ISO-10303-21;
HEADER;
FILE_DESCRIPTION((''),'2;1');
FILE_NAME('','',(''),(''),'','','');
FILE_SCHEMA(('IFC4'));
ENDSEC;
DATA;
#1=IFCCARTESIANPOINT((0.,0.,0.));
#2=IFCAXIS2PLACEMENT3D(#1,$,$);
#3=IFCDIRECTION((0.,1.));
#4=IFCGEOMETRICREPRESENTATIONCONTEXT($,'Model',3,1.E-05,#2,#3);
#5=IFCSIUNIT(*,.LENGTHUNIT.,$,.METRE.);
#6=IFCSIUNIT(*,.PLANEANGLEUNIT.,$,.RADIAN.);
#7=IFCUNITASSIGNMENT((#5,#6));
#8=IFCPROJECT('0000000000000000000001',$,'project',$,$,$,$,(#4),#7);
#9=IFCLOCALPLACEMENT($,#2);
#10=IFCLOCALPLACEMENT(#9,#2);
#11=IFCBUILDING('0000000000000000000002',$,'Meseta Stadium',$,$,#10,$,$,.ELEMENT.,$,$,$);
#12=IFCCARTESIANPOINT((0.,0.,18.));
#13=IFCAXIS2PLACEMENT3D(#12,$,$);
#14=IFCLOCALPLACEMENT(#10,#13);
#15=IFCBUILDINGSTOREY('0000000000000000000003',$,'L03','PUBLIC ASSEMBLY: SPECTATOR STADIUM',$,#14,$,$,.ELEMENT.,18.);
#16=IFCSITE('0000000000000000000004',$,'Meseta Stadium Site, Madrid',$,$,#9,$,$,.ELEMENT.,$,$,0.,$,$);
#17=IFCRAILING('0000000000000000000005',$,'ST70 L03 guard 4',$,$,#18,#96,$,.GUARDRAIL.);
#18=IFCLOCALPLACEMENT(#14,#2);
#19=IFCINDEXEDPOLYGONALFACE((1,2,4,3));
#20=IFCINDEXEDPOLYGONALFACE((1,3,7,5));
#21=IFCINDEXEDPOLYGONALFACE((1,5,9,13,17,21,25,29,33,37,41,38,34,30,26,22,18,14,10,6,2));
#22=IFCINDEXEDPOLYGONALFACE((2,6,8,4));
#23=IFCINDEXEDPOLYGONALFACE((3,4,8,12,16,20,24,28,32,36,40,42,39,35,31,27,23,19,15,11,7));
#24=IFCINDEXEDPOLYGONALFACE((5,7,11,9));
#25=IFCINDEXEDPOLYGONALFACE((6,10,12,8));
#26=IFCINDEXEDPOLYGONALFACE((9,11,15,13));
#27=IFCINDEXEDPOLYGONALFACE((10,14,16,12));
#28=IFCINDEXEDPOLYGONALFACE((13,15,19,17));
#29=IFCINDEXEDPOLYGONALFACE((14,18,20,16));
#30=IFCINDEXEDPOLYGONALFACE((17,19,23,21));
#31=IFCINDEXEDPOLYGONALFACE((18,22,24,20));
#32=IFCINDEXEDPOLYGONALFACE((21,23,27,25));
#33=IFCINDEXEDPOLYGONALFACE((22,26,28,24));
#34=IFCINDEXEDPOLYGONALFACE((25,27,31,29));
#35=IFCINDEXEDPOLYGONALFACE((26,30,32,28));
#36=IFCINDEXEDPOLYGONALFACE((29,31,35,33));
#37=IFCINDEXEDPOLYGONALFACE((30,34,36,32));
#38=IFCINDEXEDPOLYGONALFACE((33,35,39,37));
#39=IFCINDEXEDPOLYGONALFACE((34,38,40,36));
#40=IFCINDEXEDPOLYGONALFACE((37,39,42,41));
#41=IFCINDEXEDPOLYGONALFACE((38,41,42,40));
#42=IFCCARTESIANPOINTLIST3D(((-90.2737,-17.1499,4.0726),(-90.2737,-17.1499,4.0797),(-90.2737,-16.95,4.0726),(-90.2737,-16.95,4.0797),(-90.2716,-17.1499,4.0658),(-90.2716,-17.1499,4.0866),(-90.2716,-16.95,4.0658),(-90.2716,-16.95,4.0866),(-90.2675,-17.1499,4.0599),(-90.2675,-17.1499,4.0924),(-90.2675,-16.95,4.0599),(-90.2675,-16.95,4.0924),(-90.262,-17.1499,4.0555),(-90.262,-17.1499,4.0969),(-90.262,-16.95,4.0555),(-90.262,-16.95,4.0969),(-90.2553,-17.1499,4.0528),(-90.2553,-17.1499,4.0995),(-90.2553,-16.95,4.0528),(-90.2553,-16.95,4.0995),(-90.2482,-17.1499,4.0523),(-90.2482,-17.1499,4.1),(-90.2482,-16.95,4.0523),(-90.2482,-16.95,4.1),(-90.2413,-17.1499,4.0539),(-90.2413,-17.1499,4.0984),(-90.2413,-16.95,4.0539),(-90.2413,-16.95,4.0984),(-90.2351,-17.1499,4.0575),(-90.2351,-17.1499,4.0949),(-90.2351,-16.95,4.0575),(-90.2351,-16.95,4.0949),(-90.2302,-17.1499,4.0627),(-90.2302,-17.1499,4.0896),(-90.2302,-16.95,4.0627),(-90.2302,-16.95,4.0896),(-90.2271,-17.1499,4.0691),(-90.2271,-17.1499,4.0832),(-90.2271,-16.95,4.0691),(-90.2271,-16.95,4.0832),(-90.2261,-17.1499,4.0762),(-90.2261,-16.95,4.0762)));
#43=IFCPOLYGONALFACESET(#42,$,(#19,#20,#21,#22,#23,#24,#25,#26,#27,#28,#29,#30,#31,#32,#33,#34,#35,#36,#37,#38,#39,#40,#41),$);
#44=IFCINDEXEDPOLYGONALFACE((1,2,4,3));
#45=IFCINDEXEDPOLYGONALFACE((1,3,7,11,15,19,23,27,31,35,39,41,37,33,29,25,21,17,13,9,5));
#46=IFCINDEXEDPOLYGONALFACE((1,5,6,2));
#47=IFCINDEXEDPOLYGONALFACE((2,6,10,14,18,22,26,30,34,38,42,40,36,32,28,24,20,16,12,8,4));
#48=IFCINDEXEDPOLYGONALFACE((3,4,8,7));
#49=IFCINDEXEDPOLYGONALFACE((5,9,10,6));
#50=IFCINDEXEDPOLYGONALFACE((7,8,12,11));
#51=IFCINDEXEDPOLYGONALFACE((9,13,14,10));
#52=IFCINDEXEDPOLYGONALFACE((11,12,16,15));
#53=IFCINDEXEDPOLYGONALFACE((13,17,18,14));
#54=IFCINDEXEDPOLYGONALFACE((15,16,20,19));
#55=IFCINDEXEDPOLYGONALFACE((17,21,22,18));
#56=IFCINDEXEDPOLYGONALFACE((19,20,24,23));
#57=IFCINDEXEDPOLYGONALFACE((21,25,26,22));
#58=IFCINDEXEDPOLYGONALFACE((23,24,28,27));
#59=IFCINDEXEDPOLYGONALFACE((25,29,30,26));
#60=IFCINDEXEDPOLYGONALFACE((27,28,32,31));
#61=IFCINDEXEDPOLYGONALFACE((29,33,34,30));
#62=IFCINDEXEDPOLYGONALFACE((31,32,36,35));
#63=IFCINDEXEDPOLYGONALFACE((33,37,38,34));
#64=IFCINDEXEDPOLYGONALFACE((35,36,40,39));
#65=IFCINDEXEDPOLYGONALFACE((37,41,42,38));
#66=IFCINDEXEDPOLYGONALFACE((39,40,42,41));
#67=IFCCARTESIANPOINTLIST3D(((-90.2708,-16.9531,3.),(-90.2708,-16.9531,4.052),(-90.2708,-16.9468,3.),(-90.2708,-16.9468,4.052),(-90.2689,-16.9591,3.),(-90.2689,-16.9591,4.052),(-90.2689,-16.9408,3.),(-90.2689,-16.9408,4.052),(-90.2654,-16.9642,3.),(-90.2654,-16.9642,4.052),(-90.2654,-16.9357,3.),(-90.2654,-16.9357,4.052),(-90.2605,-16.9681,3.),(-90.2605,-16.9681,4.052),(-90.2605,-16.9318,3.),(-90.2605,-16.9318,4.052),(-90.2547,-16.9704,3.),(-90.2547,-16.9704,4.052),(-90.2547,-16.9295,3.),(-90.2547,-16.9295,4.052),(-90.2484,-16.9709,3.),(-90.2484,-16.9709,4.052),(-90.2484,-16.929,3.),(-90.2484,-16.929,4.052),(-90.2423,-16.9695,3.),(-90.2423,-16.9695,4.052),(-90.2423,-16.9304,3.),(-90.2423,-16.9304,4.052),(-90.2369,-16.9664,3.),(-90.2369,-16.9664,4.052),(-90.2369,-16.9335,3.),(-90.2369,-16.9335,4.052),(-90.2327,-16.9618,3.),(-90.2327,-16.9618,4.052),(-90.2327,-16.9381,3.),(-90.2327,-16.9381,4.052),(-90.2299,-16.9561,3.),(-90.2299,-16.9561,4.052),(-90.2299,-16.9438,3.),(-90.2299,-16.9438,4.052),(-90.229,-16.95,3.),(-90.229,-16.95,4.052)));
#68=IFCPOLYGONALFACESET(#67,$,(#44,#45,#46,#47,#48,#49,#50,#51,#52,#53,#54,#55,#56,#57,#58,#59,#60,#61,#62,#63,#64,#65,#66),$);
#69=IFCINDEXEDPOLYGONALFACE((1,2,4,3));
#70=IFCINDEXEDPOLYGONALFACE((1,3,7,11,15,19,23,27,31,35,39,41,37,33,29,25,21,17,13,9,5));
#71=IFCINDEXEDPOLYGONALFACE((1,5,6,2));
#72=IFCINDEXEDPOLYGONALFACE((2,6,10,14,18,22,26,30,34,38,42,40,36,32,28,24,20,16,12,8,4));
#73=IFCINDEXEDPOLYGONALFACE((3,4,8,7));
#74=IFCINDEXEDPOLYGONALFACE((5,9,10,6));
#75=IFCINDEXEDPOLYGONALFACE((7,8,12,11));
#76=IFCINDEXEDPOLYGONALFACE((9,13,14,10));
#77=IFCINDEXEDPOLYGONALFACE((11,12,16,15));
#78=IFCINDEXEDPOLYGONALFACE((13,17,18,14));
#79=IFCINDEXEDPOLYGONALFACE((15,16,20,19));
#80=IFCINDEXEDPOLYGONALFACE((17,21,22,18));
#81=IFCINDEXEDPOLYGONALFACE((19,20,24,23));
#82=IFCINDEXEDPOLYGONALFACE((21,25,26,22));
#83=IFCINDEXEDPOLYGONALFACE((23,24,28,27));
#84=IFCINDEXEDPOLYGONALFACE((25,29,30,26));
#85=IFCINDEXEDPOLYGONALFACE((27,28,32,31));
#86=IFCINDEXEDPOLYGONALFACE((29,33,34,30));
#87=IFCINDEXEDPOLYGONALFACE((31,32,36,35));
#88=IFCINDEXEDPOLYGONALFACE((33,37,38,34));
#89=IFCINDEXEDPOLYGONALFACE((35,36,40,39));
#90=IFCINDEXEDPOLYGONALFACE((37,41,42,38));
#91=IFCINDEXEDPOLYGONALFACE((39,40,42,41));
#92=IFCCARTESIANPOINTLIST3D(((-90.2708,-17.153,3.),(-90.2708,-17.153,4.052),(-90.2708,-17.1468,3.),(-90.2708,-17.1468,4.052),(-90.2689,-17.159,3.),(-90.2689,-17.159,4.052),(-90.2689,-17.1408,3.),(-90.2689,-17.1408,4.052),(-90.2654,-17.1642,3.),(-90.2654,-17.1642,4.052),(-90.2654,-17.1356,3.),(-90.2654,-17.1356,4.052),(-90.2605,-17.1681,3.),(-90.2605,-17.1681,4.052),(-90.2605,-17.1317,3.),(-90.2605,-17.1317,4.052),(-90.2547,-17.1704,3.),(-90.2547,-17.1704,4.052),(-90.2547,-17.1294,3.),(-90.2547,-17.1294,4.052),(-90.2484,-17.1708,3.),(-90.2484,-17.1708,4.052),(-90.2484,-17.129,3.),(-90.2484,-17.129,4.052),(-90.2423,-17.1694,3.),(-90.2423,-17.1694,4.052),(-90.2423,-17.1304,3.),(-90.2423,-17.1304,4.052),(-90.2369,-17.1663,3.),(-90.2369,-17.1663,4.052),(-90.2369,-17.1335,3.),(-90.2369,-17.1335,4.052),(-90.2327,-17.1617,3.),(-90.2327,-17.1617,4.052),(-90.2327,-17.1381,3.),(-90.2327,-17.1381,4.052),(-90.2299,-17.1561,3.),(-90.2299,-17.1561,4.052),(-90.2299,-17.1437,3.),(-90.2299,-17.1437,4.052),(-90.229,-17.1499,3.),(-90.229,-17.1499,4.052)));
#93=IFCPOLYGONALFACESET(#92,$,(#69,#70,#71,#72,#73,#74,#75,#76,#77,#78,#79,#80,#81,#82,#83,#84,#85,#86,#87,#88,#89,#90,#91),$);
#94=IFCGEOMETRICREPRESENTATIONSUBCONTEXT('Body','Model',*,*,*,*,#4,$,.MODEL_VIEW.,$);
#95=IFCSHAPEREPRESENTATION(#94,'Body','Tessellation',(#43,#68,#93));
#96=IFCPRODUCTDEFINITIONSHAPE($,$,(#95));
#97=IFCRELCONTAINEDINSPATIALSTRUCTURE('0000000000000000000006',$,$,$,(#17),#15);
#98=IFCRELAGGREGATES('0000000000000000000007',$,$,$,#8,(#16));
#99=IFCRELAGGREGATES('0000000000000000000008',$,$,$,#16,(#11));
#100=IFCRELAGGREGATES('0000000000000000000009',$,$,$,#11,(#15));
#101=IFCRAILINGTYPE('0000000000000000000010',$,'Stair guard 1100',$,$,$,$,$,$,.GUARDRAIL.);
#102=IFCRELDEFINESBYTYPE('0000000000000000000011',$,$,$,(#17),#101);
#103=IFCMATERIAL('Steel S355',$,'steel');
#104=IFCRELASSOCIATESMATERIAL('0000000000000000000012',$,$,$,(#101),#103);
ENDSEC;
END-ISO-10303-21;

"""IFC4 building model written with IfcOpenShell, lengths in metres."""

from ifc_helpers import new_model, si_unit, direction, frame, origin, origin_2d, place, context, subcontext, project, spatial, circle, extrude, material, type_object, element, save


model = new_model("IFC4")

# Units and contexts
model_context = context("Model", 3, precision=1e-05, world=origin(), true_north=direction((0.0, 1.0)))
body_context = subcontext(model_context, "Body", "Model", "MODEL_VIEW")
ifc_project = project(units=[si_unit("LENGTHUNIT", "METRE"), si_unit("PLANEANGLEUNIT", "RADIAN")], contexts=[model_context])

# Site, building, storey
site_placement = place(None, origin())
site = spatial("IfcSite", under=ifc_project, at=site_placement, Name="Meseta Stadium Site, Madrid", CompositionType="ELEMENT", RefElevation=0.0)
building_placement = place(site_placement, origin())
building = spatial("IfcBuilding", under=site, at=building_placement, Name="Meseta Stadium", CompositionType="ELEMENT")
storey_placement = place(building_placement, frame((0.0, 0.0, 18.0)))
storey = spatial("IfcBuildingStorey", under=building, at=storey_placement, Name="L03", Description="PUBLIC ASSEMBLY: SPECTATOR STADIUM", CompositionType="ELEMENT", Elevation=18.0)

# Railing
ifc_material_1 = material(Name="Steel S355", Category="steel")
railing_type_1 = type_object("IfcRailingType", Name="Stair guard 1100", PredefinedType="GUARDRAIL", material=ifc_material_1)
railing_1_placement = place(storey_placement, frame((-90.25, -16.95, 3.0)))
element("IfcRailing", 1, at=railing_1_placement, inside=storey, type_object=railing_type_1, Name="ST70 L03 guard 4", PredefinedType="GUARDRAIL", context=body_context, shape_type="SweptSolid", body=[
    extrude(circle(Radius=0.0239, at=origin_2d()), frame((0.0, 0.0, 1.0762), z_axis=(0.0, -1.0, 0.0), x_axis=(1.0, 0.0, 0.0)), (0.0, 0.0, 1.0), 0.2),
    extrude(circle(Radius=0.021, at=origin_2d()), origin(), (0.0, 0.0, 1.0), 1.052),
    extrude(circle(Radius=0.021, at=origin_2d()), frame((0.0, -0.2, 0.0)), (0.0, 0.0, 1.0), 1.052),
])

save(model, "model.ifc")
